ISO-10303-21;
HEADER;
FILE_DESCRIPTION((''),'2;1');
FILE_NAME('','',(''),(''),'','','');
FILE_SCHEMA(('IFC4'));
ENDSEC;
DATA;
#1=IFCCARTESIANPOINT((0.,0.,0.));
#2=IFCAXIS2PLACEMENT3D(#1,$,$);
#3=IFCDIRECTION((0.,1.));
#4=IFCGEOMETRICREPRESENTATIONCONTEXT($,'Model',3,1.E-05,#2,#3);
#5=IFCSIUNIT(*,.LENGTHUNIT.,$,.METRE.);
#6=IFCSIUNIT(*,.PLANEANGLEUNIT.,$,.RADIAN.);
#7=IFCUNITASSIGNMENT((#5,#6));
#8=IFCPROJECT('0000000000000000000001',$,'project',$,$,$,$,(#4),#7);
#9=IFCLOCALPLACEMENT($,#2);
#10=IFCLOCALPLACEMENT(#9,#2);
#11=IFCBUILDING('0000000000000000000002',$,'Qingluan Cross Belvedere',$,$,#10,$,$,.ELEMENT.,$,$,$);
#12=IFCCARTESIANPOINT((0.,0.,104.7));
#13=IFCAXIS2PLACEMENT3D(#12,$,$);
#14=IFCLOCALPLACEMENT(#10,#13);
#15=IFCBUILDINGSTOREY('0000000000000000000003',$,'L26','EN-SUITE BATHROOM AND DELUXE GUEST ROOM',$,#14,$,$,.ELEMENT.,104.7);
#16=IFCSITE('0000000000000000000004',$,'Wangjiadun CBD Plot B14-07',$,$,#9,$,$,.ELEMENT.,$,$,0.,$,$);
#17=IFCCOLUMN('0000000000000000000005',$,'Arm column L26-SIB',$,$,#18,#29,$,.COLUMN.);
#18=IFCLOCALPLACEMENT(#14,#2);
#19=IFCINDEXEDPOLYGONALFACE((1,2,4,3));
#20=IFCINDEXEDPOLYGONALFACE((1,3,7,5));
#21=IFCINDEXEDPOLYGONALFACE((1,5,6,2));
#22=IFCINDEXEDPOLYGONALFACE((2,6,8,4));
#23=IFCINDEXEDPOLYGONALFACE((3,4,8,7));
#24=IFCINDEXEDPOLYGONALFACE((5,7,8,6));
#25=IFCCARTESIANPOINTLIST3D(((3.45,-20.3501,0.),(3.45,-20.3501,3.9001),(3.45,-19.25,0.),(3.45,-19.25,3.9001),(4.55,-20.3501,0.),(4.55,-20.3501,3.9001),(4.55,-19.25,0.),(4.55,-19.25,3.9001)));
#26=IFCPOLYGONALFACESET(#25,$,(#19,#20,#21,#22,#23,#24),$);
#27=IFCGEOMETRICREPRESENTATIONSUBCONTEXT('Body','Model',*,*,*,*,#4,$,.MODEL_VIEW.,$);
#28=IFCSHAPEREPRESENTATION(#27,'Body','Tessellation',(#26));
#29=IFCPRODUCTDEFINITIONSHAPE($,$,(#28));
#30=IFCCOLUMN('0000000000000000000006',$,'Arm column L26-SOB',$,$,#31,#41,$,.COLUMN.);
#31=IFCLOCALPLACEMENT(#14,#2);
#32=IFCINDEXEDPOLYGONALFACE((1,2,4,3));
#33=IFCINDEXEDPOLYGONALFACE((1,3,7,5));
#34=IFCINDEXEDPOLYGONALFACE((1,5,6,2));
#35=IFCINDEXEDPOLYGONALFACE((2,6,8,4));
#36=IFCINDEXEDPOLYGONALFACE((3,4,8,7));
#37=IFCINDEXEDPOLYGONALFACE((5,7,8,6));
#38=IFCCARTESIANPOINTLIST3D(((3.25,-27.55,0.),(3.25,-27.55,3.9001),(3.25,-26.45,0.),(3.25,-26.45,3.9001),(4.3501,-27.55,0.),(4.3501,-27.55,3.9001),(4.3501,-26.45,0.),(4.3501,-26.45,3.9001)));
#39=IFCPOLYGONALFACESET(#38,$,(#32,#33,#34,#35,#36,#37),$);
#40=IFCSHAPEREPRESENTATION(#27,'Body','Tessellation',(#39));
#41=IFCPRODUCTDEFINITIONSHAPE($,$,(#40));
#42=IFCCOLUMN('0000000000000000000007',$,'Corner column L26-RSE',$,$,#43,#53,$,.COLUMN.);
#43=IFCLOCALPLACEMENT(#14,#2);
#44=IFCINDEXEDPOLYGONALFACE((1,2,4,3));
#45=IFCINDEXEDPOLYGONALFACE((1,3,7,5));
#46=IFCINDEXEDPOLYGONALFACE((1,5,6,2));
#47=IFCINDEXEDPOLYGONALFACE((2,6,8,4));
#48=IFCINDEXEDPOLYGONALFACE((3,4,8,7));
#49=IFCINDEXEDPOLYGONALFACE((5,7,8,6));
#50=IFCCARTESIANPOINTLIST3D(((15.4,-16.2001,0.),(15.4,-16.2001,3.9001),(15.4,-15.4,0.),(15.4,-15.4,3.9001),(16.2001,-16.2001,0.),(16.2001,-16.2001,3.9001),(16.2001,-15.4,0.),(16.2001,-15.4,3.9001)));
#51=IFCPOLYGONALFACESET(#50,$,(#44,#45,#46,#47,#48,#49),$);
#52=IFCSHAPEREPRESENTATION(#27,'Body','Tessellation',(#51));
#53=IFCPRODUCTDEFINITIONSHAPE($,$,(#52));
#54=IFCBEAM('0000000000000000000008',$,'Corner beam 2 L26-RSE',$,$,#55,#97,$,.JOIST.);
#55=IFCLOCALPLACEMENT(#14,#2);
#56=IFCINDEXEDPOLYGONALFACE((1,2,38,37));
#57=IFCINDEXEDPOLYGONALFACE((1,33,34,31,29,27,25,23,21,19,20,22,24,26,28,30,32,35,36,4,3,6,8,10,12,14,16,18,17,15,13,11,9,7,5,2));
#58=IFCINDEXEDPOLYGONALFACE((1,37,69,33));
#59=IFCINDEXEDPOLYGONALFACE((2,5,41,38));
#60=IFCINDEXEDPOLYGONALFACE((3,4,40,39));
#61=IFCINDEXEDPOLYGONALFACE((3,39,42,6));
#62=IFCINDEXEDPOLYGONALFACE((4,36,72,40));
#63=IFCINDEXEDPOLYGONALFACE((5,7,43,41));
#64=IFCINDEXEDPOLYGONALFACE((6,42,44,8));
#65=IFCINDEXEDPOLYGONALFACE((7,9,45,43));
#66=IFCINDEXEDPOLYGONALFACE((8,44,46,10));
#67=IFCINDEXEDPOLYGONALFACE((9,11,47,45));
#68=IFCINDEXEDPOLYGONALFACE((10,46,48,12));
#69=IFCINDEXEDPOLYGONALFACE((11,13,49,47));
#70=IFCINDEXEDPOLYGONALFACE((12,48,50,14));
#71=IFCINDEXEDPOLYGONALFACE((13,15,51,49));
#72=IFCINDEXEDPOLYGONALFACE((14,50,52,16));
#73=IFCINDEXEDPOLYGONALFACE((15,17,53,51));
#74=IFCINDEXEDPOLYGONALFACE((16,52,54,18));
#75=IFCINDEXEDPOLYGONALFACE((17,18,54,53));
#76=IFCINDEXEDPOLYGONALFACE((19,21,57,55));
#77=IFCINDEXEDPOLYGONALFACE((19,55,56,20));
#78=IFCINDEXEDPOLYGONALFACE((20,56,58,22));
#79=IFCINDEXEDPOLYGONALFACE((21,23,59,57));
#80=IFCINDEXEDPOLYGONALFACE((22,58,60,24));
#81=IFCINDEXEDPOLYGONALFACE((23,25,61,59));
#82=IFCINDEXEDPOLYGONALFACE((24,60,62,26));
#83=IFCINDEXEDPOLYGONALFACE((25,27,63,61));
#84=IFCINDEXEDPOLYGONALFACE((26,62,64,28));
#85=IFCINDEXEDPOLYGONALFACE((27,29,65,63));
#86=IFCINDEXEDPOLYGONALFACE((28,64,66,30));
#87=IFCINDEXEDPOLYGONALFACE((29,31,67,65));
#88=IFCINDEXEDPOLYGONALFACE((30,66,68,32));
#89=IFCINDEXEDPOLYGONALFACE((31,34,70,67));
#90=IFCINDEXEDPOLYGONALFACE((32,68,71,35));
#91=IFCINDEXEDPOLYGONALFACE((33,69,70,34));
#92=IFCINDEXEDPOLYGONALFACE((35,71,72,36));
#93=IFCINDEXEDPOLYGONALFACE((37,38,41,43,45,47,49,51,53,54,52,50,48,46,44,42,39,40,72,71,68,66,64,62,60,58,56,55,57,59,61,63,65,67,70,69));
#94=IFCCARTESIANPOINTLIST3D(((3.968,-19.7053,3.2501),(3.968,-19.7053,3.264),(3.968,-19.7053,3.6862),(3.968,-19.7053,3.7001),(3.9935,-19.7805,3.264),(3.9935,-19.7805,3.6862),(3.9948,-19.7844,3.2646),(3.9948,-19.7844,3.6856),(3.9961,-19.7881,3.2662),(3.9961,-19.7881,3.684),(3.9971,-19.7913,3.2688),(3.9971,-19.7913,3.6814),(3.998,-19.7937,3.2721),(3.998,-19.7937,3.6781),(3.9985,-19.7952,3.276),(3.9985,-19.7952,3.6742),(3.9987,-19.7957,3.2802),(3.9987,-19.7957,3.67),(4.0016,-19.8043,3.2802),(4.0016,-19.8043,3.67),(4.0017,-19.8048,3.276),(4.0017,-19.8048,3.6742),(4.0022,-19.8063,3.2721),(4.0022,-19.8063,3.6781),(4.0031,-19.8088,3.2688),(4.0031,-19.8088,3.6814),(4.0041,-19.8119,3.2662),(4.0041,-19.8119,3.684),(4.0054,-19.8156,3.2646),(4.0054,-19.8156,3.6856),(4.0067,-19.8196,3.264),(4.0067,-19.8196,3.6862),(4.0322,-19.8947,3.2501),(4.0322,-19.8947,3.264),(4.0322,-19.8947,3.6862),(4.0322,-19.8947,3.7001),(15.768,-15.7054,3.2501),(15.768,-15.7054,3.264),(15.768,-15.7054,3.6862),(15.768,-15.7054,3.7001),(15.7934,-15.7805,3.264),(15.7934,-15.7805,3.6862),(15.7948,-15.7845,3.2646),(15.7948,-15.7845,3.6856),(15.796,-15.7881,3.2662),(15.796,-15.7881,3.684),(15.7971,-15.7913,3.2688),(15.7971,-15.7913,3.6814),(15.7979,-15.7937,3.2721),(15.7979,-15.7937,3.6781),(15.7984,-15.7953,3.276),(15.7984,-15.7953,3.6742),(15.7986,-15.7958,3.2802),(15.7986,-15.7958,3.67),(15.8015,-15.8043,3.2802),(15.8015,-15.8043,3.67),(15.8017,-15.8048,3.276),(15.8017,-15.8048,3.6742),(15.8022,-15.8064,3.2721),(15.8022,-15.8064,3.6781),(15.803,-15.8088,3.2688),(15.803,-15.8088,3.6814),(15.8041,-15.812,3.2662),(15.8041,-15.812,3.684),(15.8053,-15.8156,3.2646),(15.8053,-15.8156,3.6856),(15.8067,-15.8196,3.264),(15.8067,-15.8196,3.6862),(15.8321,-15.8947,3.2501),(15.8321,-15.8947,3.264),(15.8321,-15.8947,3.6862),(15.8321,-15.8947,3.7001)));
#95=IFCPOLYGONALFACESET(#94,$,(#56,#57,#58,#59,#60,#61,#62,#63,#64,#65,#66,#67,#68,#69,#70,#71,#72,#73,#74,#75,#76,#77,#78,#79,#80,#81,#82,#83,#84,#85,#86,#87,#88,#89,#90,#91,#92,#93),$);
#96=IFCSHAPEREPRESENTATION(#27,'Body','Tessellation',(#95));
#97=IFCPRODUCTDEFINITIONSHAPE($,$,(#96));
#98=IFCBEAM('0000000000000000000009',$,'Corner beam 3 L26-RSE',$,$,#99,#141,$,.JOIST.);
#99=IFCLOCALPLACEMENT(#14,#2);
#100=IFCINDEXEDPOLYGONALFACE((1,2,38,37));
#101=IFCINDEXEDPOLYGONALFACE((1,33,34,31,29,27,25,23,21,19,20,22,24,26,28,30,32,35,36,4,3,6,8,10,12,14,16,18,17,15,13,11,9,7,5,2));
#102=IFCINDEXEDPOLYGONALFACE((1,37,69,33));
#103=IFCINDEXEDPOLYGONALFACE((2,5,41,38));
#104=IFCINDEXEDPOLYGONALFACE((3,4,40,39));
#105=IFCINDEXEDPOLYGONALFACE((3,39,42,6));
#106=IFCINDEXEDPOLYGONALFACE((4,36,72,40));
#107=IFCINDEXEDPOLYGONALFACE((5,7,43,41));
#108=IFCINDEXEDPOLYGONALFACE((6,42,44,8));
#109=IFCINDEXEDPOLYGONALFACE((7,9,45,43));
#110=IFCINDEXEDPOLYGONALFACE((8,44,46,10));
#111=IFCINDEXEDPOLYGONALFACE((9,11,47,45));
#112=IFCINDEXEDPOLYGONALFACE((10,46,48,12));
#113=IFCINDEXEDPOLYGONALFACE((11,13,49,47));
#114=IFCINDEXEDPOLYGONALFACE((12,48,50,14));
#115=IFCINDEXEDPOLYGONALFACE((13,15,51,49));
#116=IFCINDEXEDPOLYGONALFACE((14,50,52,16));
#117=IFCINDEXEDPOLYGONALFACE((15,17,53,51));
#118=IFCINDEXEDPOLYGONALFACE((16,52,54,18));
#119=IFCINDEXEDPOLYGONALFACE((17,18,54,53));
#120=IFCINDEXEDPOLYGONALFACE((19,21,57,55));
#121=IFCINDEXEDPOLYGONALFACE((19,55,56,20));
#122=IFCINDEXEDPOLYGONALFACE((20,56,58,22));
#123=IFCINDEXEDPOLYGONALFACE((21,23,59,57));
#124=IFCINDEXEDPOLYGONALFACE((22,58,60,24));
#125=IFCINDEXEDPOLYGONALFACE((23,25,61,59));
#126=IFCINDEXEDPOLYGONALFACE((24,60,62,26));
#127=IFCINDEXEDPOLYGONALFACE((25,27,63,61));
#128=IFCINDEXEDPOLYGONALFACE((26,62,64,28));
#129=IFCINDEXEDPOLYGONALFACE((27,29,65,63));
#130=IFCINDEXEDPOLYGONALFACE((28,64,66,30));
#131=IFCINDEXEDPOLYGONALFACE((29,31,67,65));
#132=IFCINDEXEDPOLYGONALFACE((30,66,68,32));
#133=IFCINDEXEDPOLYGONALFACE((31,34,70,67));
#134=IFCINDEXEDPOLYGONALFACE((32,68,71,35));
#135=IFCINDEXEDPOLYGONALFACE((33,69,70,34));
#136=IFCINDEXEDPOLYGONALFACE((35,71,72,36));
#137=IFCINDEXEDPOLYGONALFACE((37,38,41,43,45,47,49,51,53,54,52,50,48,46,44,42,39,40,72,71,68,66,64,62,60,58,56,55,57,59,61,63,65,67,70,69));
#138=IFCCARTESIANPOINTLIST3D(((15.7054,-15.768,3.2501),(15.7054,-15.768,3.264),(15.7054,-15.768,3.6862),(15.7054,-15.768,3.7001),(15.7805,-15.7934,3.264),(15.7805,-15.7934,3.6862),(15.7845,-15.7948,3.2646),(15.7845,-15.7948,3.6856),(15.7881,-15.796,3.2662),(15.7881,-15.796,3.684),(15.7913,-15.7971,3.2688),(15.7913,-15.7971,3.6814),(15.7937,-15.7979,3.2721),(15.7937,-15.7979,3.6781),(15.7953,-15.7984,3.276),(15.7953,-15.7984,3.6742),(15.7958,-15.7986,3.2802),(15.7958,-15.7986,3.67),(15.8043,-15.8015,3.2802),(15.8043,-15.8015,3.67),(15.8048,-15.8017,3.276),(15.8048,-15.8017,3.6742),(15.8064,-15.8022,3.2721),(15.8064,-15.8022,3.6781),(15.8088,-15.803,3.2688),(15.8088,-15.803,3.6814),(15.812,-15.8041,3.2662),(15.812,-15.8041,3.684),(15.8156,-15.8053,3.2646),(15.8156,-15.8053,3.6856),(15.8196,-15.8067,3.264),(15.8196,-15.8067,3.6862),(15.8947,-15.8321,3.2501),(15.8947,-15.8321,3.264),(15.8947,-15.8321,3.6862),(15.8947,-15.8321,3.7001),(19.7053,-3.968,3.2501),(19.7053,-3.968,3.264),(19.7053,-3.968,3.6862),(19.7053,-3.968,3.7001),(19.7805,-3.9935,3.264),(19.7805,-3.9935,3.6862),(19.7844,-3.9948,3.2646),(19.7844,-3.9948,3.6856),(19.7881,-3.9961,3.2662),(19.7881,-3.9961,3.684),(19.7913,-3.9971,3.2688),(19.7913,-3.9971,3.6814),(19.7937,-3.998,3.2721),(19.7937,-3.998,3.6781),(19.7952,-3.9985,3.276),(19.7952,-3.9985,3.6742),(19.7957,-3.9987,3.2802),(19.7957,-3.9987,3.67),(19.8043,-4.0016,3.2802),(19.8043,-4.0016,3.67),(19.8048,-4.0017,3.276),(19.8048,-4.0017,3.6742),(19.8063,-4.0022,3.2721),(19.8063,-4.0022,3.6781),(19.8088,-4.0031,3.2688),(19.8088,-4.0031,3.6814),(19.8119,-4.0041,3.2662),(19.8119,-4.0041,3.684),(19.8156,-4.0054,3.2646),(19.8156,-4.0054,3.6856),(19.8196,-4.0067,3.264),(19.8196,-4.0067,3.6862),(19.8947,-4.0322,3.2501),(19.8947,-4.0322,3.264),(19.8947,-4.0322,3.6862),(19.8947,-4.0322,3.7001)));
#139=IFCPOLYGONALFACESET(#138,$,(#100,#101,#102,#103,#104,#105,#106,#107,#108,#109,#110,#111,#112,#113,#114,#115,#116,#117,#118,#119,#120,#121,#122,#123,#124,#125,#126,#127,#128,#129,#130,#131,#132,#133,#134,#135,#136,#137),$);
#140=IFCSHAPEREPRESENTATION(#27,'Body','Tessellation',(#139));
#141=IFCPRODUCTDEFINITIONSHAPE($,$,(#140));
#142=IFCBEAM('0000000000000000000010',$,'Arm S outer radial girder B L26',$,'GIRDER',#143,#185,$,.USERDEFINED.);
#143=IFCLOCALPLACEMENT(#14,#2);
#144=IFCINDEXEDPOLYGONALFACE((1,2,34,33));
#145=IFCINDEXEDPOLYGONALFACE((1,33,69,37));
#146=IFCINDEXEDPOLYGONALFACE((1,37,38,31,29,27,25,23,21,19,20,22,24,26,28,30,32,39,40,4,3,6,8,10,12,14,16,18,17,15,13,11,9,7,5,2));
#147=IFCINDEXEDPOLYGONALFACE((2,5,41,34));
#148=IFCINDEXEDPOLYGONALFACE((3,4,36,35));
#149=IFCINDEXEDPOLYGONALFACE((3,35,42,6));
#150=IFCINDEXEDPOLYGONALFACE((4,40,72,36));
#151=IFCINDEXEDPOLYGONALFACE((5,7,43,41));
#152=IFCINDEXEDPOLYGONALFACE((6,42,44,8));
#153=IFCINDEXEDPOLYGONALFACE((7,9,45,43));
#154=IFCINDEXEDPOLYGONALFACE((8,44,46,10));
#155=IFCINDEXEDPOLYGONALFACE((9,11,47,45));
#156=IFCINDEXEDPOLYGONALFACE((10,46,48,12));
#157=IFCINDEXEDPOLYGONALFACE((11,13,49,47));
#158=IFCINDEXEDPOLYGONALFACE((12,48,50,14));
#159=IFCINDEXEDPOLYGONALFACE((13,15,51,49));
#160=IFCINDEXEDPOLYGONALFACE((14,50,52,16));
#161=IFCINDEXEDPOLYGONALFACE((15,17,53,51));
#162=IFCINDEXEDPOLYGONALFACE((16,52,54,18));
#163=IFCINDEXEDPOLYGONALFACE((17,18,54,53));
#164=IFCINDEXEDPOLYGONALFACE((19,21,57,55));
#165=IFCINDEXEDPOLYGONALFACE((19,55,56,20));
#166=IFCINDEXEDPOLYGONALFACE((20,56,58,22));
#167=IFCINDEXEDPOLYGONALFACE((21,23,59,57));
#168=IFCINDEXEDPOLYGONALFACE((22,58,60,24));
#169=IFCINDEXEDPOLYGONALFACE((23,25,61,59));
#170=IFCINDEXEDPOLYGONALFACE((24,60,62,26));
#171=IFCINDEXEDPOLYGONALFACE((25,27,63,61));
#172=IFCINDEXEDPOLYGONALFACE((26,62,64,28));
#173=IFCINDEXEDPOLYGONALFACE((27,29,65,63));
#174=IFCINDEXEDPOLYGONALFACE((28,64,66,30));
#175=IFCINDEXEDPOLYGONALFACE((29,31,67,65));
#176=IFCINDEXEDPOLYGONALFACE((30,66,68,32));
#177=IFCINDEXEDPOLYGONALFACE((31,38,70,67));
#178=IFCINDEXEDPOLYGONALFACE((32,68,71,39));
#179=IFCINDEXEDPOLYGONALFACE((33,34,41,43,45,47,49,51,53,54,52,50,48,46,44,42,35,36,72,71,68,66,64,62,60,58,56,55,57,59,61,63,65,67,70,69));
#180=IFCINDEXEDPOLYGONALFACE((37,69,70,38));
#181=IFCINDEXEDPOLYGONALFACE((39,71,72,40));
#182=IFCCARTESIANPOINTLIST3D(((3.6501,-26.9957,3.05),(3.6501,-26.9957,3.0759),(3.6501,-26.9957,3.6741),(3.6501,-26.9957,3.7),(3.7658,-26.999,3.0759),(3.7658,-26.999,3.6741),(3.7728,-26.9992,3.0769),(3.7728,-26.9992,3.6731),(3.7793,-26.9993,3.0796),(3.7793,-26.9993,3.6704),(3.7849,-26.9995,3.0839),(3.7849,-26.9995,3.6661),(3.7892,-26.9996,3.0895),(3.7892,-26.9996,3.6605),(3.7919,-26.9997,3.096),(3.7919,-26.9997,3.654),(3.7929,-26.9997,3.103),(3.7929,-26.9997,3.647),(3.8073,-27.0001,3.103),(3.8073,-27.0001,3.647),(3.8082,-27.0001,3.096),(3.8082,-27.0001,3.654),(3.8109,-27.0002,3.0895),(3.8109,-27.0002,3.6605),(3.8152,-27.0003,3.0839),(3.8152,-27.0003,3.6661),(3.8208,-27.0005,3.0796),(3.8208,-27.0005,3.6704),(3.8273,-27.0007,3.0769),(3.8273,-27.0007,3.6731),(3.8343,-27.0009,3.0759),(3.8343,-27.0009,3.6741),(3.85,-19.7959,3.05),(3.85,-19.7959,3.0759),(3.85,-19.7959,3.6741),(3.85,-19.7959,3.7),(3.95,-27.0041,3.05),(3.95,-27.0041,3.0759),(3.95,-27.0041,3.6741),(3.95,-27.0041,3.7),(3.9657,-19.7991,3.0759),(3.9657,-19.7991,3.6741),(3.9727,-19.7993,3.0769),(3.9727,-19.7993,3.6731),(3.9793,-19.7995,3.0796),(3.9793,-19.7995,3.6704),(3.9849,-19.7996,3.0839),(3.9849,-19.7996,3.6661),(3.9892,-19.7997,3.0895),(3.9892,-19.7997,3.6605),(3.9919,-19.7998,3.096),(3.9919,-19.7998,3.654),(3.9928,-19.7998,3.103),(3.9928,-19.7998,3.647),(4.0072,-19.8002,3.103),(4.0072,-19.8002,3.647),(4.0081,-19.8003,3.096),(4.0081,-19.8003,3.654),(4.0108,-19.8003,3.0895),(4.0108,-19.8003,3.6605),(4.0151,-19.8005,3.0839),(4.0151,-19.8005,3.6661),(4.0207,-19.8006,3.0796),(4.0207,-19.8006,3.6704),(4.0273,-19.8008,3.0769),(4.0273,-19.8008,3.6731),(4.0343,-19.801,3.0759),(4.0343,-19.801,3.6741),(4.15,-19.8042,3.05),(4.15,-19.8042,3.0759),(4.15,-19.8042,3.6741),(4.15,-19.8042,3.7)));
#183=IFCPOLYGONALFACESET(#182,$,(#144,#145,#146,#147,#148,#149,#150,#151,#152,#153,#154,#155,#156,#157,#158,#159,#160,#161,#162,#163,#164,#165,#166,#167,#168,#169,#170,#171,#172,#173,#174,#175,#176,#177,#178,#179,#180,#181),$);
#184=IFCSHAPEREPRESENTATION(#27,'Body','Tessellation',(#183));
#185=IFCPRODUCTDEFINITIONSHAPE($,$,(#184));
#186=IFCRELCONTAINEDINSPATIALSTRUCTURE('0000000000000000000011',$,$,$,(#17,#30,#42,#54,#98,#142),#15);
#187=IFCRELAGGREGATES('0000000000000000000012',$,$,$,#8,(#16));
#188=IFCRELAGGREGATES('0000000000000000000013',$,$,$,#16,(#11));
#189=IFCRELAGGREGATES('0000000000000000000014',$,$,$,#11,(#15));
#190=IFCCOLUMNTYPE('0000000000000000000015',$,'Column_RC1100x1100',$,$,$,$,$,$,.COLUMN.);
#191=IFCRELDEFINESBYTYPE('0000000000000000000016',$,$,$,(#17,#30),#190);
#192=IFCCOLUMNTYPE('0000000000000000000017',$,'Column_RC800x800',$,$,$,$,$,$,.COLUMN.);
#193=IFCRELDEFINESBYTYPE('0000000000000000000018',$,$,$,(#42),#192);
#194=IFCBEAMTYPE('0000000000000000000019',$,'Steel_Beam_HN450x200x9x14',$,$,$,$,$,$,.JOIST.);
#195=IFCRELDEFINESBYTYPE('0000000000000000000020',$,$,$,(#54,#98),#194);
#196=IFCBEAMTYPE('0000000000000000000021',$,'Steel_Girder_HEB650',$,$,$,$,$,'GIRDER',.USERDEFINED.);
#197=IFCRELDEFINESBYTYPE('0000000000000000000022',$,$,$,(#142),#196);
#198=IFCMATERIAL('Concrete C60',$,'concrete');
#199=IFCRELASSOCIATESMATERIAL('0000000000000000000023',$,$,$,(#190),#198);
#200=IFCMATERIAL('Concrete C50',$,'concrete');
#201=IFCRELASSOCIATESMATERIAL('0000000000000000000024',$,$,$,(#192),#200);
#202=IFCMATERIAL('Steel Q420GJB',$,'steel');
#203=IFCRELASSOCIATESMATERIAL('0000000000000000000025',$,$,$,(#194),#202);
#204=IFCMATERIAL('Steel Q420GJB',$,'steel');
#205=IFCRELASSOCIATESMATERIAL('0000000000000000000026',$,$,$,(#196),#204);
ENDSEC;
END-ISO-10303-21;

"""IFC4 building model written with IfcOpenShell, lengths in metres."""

from ifc_helpers import new_model, si_unit, direction, frame, origin, origin_2d, place, context, subcontext, project, spatial, rectangle, i_section, extrude, material, material_profile, profile_set, type_object, element, save


model = new_model("IFC4")

# Units and contexts
model_context = context("Model", 3, precision=1e-05, world=origin(), true_north=direction((0.0, 1.0)))
body_context = subcontext(model_context, "Body", "Model", "MODEL_VIEW")
ifc_project = project(units=[si_unit("LENGTHUNIT", "METRE"), si_unit("PLANEANGLEUNIT", "RADIAN")], contexts=[model_context])

# Site, building, storey
site_placement = place(None, origin())
site = spatial("IfcSite", under=ifc_project, at=site_placement, Name="Wangjiadun CBD Plot B14-07", CompositionType="ELEMENT", RefElevation=0.0)
building_placement = place(site_placement, origin())
building = spatial("IfcBuilding", under=site, at=building_placement, Name="Qingluan Cross Belvedere", CompositionType="ELEMENT")
storey_placement = place(building_placement, frame((0.0, 0.0, 104.7)))
storey = spatial("IfcBuildingStorey", under=building, at=storey_placement, Name="L26", Description="EN-SUITE BATHROOM AND DELUXE GUEST ROOM", CompositionType="ELEMENT", Elevation=104.7)

# Columns
ifc_material_1 = material(Name="Concrete C60", Category="concrete")
ifc_material_profile_1 = material_profile(ifc_material_1, rectangle(XDim=1.1001, YDim=1.1001, at=origin_2d()), Name="RC1100x1100")
ifc_profile_set_1 = profile_set([ifc_material_profile_1], Name="Concrete C60")
column_type_1 = type_object("IfcColumnType", Name="Column_RC1100x1100", PredefinedType="COLUMN", material=ifc_profile_set_1)
for number, where, z_axis, x_axis, name in (
    (1, (4.0, -19.8, 0.0), (0.0, 0.0, 1.0), (1.0, 0.0, 0.0), "Arm column L26-SIB"),
    (2, (3.8, -27.0, 0.0), (0.0, 0.0, 1.0), (1.0, 0.0, 0.0), "Arm column L26-SOB"),
):
    element("IfcColumn", number, at=place(storey_placement, frame(where, z_axis=z_axis, x_axis=x_axis)), inside=storey, type_object=column_type_1, Name=name, PredefinedType="COLUMN", context=body_context, shape_type="SweptSolid", body=[
        extrude(rectangle(XDim=1.1001, YDim=1.1001, at=origin_2d()), origin(), (0.0, 0.0, 1.0), 3.9001),
    ])
ifc_material_2 = material(Name="Concrete C50", Category="concrete")
ifc_material_profile_2 = material_profile(ifc_material_2, rectangle(XDim=0.8, YDim=0.8, at=origin_2d()), Name="RC800x800")
ifc_profile_set_2 = profile_set([ifc_material_profile_2], Name="Concrete C50")
column_type_2 = type_object("IfcColumnType", Name="Column_RC800x800", PredefinedType="COLUMN", material=ifc_profile_set_2)
column_placement = place(storey_placement, frame((15.8, -15.8, 0.0), z_axis=(0.0, 0.0, 1.0), x_axis=(1.0, 0.0, 0.0)))
element("IfcColumn", 3, at=column_placement, inside=storey, type_object=column_type_2, Name="Corner column L26-RSE", PredefinedType="COLUMN", context=body_context, shape_type="SweptSolid", body=[
    extrude(rectangle(XDim=0.8, YDim=0.8, at=origin_2d()), origin(), (0.0, 0.0, 1.0), 3.9001),
])

# Beams
ifc_material_3 = material(Name="Steel Q420GJB", Category="steel")
ifc_material_profile_3 = material_profile(ifc_material_3, i_section(OverallWidth=0.2, OverallDepth=0.45, WebThickness=0.009, FlangeThickness=0.0139, FilletRadius=0.0161, at=origin_2d()), Name="HN450x200x9x14")
ifc_profile_set_3 = profile_set([ifc_material_profile_3], Name="Steel Q420GJB")
beam_type_1 = type_object("IfcBeamType", Name="Steel_Beam_HN450x200x9x14", PredefinedType="JOIST", material=ifc_profile_set_3)
for number, where, z_axis, x_axis, name in (
    (4, (15.8, -15.8, 3.4751), (-0.947066, -0.321038, 0.0), (0.321038, -0.947066, 0.0), "Corner beam 2 L26-RSE"),
    (5, (15.8, -15.8, 3.4751), (0.321038, 0.947066, 0.0), (-0.947066, 0.321038, 0.0), "Corner beam 3 L26-RSE"),
):
    element("IfcBeam", number, at=place(storey_placement, frame(where, z_axis=z_axis, x_axis=x_axis)), inside=storey, type_object=beam_type_1, Name=name, PredefinedType="JOIST", context=body_context, shape_type="SweptSolid", body=[
        extrude(i_section(OverallWidth=0.2, OverallDepth=0.45, WebThickness=0.009, FlangeThickness=0.0139, FilletRadius=0.0161, at=origin_2d()), origin(), (0.0, 0.0, 1.0), 12.4595),
    ])
ifc_material_4 = material(Name="Steel Q420GJB", Category="steel")
ifc_material_profile_4 = material_profile(ifc_material_4, i_section(OverallWidth=0.3, OverallDepth=0.6499, WebThickness=0.0144, FlangeThickness=0.0259, FilletRadius=0.0271, at=origin_2d()), Name="HEB650")
ifc_profile_set_4 = profile_set([ifc_material_profile_4], Name="Steel Q420GJB")
beam_type_2 = type_object("IfcBeamType", Name="Steel_Girder_HEB650", ElementType="GIRDER", PredefinedType="USERDEFINED", material=ifc_profile_set_4)
beam_placement = place(storey_placement, frame((4.0, -19.8, 3.375), z_axis=(-0.02776, -0.999615, 0.0), x_axis=(0.999615, -0.02776, 0.0)))
element("IfcBeam", 6, at=beam_placement, inside=storey, type_object=beam_type_2, Name="Arm S outer radial girder B L26", ObjectType="GIRDER", PredefinedType="USERDEFINED", context=body_context, shape_type="SweptSolid", body=[
    extrude(i_section(OverallWidth=0.3, OverallDepth=0.6499, WebThickness=0.0144, FlangeThickness=0.0259, FilletRadius=0.0271, at=origin_2d()), origin(), (0.0, 0.0, 1.0), 7.2026),
])

save(model, "model.ifc")
